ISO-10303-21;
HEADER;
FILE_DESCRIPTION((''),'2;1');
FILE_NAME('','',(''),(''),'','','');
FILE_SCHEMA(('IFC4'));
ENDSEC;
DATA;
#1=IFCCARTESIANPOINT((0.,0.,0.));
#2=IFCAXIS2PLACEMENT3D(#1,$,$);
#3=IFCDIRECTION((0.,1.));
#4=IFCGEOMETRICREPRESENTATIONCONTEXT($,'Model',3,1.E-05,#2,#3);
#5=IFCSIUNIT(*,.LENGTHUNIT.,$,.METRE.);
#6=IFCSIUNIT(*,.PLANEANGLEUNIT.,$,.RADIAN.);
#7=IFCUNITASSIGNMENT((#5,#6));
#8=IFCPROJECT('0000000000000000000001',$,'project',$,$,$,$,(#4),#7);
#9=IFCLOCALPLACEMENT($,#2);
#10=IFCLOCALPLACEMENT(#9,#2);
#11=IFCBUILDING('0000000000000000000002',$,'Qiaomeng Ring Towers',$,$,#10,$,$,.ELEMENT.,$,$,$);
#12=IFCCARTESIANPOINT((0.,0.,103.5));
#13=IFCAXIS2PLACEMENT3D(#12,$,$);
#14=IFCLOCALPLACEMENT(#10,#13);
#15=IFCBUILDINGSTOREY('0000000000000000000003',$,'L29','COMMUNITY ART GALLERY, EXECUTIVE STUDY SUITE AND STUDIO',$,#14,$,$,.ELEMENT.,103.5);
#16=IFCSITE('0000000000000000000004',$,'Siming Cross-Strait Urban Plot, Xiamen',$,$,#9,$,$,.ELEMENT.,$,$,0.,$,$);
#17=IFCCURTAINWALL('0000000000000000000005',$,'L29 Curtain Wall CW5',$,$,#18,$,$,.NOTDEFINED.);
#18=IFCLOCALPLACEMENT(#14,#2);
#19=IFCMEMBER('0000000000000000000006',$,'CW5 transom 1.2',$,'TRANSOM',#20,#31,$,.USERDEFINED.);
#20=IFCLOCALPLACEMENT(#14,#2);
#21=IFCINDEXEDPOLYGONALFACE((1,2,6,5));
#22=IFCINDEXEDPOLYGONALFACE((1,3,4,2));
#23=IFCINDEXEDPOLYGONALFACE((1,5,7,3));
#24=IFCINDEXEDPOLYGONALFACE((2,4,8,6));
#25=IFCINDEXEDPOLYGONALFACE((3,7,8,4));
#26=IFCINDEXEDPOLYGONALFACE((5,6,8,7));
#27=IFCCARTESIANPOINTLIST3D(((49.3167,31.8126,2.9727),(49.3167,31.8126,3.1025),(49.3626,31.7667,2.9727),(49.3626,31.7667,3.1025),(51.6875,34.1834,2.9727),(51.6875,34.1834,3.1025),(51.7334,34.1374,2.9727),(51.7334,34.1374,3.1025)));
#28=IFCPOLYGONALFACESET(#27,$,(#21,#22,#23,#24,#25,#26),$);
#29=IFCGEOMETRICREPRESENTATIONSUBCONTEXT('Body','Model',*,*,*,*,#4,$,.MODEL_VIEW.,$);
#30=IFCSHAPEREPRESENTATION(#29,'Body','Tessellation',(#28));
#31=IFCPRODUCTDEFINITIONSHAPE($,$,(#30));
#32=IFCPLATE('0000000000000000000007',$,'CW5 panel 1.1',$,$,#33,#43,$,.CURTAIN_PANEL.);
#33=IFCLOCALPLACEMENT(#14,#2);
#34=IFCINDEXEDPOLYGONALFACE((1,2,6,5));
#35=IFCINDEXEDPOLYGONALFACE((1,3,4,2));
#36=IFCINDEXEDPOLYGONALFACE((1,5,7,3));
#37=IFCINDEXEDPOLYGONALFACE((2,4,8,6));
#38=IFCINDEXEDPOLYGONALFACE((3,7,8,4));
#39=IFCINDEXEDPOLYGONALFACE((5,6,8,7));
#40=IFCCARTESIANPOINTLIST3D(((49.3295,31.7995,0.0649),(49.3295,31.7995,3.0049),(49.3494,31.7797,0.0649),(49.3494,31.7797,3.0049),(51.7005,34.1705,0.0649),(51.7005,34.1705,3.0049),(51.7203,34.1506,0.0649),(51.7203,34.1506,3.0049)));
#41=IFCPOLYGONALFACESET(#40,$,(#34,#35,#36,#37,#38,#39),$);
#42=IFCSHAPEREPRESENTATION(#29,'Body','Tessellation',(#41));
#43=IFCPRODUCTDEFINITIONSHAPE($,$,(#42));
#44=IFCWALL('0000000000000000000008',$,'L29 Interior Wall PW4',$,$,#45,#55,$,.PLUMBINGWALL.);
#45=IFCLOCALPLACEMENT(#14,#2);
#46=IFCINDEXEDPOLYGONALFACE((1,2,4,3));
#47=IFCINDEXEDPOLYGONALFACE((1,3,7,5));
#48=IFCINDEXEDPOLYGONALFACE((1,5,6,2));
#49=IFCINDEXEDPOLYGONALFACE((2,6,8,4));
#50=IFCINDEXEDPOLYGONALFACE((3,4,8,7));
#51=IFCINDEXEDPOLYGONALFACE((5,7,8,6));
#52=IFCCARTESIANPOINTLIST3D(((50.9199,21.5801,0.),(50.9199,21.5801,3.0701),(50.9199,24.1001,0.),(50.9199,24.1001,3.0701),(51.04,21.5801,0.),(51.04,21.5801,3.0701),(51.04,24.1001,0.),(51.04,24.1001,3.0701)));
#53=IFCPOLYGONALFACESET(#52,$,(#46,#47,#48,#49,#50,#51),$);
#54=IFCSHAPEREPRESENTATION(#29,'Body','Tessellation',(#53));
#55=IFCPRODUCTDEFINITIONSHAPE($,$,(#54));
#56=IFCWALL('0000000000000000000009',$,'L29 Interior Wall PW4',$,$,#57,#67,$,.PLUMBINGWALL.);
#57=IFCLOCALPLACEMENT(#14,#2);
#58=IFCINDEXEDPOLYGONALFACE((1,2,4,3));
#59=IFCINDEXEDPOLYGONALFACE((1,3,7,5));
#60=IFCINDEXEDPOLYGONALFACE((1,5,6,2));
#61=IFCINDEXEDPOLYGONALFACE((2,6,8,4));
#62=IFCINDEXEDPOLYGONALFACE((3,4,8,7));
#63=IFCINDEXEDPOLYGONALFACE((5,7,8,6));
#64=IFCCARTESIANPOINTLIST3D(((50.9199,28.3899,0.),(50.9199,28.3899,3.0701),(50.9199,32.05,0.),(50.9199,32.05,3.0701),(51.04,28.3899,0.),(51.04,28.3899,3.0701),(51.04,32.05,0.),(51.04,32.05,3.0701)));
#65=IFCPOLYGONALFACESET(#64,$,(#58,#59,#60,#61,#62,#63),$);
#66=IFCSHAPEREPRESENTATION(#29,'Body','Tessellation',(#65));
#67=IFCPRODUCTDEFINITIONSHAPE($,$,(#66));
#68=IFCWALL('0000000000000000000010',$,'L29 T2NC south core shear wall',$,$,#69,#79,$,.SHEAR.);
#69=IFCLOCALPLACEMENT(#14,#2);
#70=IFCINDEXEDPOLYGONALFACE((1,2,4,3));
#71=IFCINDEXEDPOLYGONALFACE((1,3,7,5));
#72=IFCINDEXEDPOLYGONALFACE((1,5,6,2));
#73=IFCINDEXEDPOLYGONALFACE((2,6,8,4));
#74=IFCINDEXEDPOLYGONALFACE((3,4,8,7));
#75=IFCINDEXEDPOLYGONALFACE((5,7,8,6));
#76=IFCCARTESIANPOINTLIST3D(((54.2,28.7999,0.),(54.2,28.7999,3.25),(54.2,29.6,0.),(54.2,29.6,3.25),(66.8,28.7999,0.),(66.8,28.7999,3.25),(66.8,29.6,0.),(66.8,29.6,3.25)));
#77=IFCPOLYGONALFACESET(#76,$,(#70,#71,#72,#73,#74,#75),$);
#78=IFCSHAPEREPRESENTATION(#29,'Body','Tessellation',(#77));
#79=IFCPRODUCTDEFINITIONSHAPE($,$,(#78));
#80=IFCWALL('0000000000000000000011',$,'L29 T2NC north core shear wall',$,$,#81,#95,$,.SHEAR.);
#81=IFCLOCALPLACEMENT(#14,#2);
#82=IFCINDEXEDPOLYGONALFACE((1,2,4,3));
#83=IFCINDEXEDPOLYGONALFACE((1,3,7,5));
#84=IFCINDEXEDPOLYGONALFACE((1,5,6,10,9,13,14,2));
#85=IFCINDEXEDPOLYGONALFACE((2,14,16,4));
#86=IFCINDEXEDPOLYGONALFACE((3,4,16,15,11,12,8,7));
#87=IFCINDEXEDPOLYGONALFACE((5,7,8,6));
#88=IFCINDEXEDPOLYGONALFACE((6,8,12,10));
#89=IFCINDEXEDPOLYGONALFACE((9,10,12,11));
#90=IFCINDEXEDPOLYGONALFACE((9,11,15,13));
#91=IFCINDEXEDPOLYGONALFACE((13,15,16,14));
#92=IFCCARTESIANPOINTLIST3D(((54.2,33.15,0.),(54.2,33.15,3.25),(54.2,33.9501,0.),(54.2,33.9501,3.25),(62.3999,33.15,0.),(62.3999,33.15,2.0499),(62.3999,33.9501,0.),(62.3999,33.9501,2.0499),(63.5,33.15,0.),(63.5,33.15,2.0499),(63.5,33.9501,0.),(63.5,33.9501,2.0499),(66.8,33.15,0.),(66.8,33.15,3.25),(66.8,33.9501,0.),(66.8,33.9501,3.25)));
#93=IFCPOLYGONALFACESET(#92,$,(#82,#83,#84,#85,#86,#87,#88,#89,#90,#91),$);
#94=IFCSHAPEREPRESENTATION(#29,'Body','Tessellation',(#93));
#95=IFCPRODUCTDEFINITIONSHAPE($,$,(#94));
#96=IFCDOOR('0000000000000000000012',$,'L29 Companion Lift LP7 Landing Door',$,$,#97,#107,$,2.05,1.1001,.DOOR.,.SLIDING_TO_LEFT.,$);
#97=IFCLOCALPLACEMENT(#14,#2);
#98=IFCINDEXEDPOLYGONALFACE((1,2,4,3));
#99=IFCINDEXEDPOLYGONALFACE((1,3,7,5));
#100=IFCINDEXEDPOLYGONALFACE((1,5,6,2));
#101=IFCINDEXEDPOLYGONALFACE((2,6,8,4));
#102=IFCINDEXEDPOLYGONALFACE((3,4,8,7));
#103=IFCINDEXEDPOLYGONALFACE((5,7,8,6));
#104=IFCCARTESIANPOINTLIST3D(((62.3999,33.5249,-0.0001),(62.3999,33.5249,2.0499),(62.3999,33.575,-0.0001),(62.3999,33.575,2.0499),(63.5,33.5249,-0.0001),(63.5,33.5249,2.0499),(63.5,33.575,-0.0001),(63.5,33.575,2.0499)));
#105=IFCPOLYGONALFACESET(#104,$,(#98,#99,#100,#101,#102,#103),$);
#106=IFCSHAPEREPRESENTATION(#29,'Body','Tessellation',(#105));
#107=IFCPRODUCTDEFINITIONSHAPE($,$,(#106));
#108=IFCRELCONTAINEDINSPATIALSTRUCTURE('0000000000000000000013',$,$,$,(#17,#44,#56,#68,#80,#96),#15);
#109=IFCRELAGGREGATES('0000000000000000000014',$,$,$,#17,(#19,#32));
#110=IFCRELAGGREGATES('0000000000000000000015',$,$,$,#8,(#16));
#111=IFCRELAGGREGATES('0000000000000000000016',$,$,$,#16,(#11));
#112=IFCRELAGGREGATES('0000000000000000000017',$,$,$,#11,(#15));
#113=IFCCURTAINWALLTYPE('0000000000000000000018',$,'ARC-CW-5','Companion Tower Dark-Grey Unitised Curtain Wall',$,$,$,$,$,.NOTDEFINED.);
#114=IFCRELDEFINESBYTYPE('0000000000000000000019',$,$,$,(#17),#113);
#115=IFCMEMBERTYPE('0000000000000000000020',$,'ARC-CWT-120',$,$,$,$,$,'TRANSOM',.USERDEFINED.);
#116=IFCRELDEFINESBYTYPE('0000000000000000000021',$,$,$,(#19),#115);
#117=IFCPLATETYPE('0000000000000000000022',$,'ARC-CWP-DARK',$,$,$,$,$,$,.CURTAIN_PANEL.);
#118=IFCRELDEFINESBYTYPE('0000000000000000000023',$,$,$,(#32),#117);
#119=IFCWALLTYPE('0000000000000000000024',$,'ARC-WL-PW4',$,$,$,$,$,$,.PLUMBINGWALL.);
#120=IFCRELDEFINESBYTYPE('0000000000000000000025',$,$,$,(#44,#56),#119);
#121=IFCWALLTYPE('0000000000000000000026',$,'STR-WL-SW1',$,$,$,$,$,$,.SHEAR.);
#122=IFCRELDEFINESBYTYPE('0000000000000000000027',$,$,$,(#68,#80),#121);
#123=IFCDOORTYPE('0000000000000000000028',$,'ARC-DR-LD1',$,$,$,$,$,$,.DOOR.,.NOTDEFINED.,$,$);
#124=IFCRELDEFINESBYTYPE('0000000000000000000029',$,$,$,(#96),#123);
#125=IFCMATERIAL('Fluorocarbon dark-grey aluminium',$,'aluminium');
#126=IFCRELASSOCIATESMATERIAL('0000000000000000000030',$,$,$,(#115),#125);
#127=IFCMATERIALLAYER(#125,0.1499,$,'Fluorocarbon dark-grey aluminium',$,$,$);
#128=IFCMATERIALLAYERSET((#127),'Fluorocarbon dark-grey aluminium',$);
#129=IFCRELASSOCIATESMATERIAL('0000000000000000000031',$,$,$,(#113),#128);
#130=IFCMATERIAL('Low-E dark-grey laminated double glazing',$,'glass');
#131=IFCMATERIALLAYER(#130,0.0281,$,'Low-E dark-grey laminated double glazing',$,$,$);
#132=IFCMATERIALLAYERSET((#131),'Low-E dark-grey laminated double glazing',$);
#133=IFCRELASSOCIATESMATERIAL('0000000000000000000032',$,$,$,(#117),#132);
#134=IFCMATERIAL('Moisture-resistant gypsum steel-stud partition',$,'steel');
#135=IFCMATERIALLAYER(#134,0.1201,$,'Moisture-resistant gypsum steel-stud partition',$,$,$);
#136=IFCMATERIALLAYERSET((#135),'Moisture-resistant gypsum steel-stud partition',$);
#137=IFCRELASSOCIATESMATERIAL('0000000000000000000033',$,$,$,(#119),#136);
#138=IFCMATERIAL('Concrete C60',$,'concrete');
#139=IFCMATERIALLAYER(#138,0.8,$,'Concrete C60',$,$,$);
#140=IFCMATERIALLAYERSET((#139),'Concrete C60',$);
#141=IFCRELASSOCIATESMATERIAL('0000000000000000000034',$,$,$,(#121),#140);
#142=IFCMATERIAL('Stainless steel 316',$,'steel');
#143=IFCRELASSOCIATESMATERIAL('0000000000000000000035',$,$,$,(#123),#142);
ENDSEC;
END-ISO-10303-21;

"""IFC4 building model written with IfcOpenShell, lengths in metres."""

from ifc_helpers import new_model, si_unit, direction, frame, frame_2d, origin, origin_2d, place, context, subcontext, project, spatial, rectangle, extrude, source, transform, mapped, material, layer, layer_set, material_profile, profile_set, type_object, element, fill, aggregate, save


model = new_model("IFC4")

# Units and contexts
model_context = context("Model", 3, precision=1e-05, world=origin(), true_north=direction((0.0, 1.0)))
body_context = subcontext(model_context, "Body", "Model", "MODEL_VIEW")
ifc_project = project(units=[si_unit("LENGTHUNIT", "METRE"), si_unit("PLANEANGLEUNIT", "RADIAN")], contexts=[model_context])

# Site, building, storey
site_placement = place(None, origin())
site = spatial("IfcSite", under=ifc_project, at=site_placement, Name="Siming Cross-Strait Urban Plot, Xiamen", CompositionType="ELEMENT", RefElevation=0.0)
building_placement = place(site_placement, origin())
building = spatial("IfcBuilding", under=site, at=building_placement, Name="Qiaomeng Ring Towers", CompositionType="ELEMENT")
storey_placement = place(building_placement, frame((0.0, 0.0, 103.5)))
storey = spatial("IfcBuildingStorey", under=building, at=storey_placement, Name="L29", Description="COMMUNITY ART GALLERY, EXECUTIVE STUDY SUITE AND STUDIO", CompositionType="ELEMENT", Elevation=103.5)

# Shared definitions
ifc_material_1 = material(Name="Fluorocarbon dark-grey aluminium", Category="aluminium")
ifc_material_profile_1 = material_profile(ifc_material_1, rectangle(XDim=0.0649, YDim=0.1299, at=origin_2d()), Name="ALU TRAN 65x130")
ifc_profile_set_1 = profile_set([ifc_material_profile_1], Name="Fluorocarbon dark-grey aluminium")
member_type_1 = type_object("IfcMemberType", Name="ARC-CWT-120", ElementType="TRANSOM", PredefinedType="USERDEFINED", material=ifc_profile_set_1)

# Shared definitions
ifc_layer_1 = layer(ifc_material_1, 0.1499, Name="Fluorocarbon dark-grey aluminium")
ifc_layer_set_1 = layer_set([ifc_layer_1], Name="Fluorocarbon dark-grey aluminium")
curtain_wall_type_1 = type_object("IfcCurtainWallType", Name="ARC-CW-5", Description="Companion Tower Dark-Grey Unitised Curtain Wall", PredefinedType="NOTDEFINED", material=ifc_layer_set_1)

# Curtain wall
curtain_wall_1_placement = place(storey_placement, origin())
curtain_wall_1 = element("IfcCurtainWall", 1, at=curtain_wall_1_placement, inside=storey, type_object=curtain_wall_type_1, Name="L29 Curtain Wall CW5", PredefinedType="NOTDEFINED")

# Member
shared_shape_1 = source(origin(), body_context, "Body", "SweptSolid", [
    extrude(rectangle(XDim=0.0649, YDim=0.1299, at=origin_2d()), origin(), (0.0, 0.0, 1.0), 3.3528),
])
member_1_placement = place(storey_placement, frame((51.7104, 34.1604, 3.0376), z_axis=(-0.707107, -0.707107, 0.0), x_axis=(0.707107, -0.707107, 0.0)))
member_1 = element("IfcMember", 2, at=member_1_placement, type_object=member_type_1, Name="CW5 transom 1.2", ObjectType="TRANSOM", PredefinedType="USERDEFINED", context=body_context, shape_type="MappedRepresentation", body=[
    mapped(shared_shape_1, transform((0.0, 0.0, 0.0), x_axis=(1.0, 0.0, 0.0), y_axis=(0.0, 1.0, 0.0), z_axis=(0.0, 0.0, 1.0), scale=1.0)),
])

# Plate
ifc_material_2 = material(Name="Low-E dark-grey laminated double glazing", Category="glass")
ifc_layer_2 = layer(ifc_material_2, 0.0281, Name="Low-E dark-grey laminated double glazing")
ifc_layer_set_2 = layer_set([ifc_layer_2], Name="Low-E dark-grey laminated double glazing")
plate_type = type_object("IfcPlateType", Name="ARC-CWP-DARK", PredefinedType="CURTAIN_PANEL", material=ifc_layer_set_2)
shared_shape_2 = source(origin(), body_context, "Body", "SweptSolid", [
    extrude(rectangle(XDim=3.353, YDim=0.0281, at=origin_2d()), origin(), (0.0, 0.0, 1.0), 2.9399),
])
plate_placement = place(storey_placement, frame((50.5249, 32.9751, 0.0649), z_axis=(0.0, 0.0, 1.0), x_axis=(-0.707107, -0.707107, 0.0)))
plate = element("IfcPlate", 3, at=plate_placement, type_object=plate_type, Name="CW5 panel 1.1", PredefinedType="CURTAIN_PANEL", context=body_context, shape_type="MappedRepresentation", body=[
    mapped(shared_shape_2, transform((0.0, 0.0, 0.0), x_axis=(1.0, 0.0, 0.0), y_axis=(0.0, 1.0, 0.0), z_axis=(0.0, 0.0, 1.0), scale=1.0)),
])
aggregate(curtain_wall_1, [member_1, plate])

# Walls
ifc_material_3 = material(Name="Moisture-resistant gypsum steel-stud partition", Category="steel")
ifc_layer_3 = layer(ifc_material_3, 0.1201, Name="Moisture-resistant gypsum steel-stud partition")
ifc_layer_set_3 = layer_set([ifc_layer_3], Name="Moisture-resistant gypsum steel-stud partition")
wall_type_1 = type_object("IfcWallType", Name="ARC-WL-PW4", PredefinedType="PLUMBINGWALL", material=ifc_layer_set_3)
wall_1_placement = place(storey_placement, frame((50.98, 21.5801, 0.0), z_axis=(0.0, 0.0, 1.0), x_axis=(0.0, 1.0, 0.0)))
element("IfcWall", 4, at=wall_1_placement, inside=storey, type_object=wall_type_1, Name="L29 Interior Wall PW4", PredefinedType="PLUMBINGWALL", context=body_context, shape_type="SweptSolid", body=[
    extrude(rectangle(XDim=2.52, YDim=0.1201, at=frame_2d((1.26, 0.0))), origin(), (0.0, 0.0, 1.0), 3.0701),
])
wall_2_placement = place(storey_placement, frame((50.98, 28.3899, 0.0), z_axis=(0.0, 0.0, 1.0), x_axis=(0.0, 1.0, 0.0)))
element("IfcWall", 5, at=wall_2_placement, inside=storey, type_object=wall_type_1, Name="L29 Interior Wall PW4", PredefinedType="PLUMBINGWALL", context=body_context, shape_type="SweptSolid", body=[
    extrude(rectangle(XDim=3.6602, YDim=0.1201, at=frame_2d((1.8301, 0.0))), origin(), (0.0, 0.0, 1.0), 3.0701),
])
ifc_material_4 = material(Name="Concrete C60", Category="concrete")
ifc_layer_4 = layer(ifc_material_4, 0.8, Name="Concrete C60")
ifc_layer_set_4 = layer_set([ifc_layer_4], Name="Concrete C60")
wall_type_2 = type_object("IfcWallType", Name="STR-WL-SW1", PredefinedType="SHEAR", material=ifc_layer_set_4)
wall_3_placement = place(storey_placement, frame((54.2, 29.2, 0.0), z_axis=(0.0, 0.0, 1.0), x_axis=(1.0, 0.0, 0.0)))
element("IfcWall", 6, at=wall_3_placement, inside=storey, type_object=wall_type_2, Name="L29 T2NC south core shear wall", PredefinedType="SHEAR", context=body_context, shape_type="SweptSolid", body=[
    extrude(rectangle(XDim=12.6001, YDim=0.8, at=frame_2d((6.3, 0.0))), origin(), (0.0, 0.0, 1.0), 3.25),
])

# Wall, opening, door
wall_4_placement = place(storey_placement, frame((54.2, 33.55, 0.0), z_axis=(0.0, 0.0, 1.0), x_axis=(1.0, 0.0, 0.0)))
wall_4 = element("IfcWall", 7, at=wall_4_placement, inside=storey, type_object=wall_type_2, Name="L29 T2NC north core shear wall", PredefinedType="SHEAR", context=body_context, shape_type="SweptSolid", body=[
    extrude(rectangle(XDim=12.6001, YDim=0.8, at=frame_2d((6.3, 0.0))), origin(), (0.0, 0.0, 1.0), 3.25),
])
opening_placement = place(wall_4_placement, frame((8.2, 0.0, 0.0)))
opening = element("IfcOpeningElement", 8, at=opening_placement, cuts=wall_4, PredefinedType="OPENING", context=body_context, shape_type="SweptSolid", body=[
    extrude(rectangle(XDim=1.1001, YDim=2.05, at=frame_2d((0.55, 1.0249))), frame((0.0, 0.4099, 0.0), z_axis=(0.0, -1.0, 0.0), x_axis=(1.0, 0.0, 0.0)), (0.0, 0.0, 1.0), 0.8201),
])
ifc_material_5 = material(Name="Stainless steel 316", Category="steel")
door_type = type_object("IfcDoorType", Name="ARC-DR-LD1", OperationType="NOTDEFINED", PredefinedType="DOOR", material=ifc_material_5)
shared_shape_3 = source(origin(), body_context, "Body", "SweptSolid", [
    extrude(rectangle(XDim=1.1001, YDim=2.05, at=frame_2d((0.55, 1.0249))), frame((0.0, 0.0249, 0.0), z_axis=(0.0, -1.0, 0.0), x_axis=(1.0, 0.0, 0.0)), (0.0, 0.0, 1.0), 0.05),
])
door_placement = place(opening_placement, origin())
door = element("IfcDoor", 9, at=door_placement, inside=storey, type_object=door_type, Name="L29 Companion Lift LP7 Landing Door", OperationType="SLIDING_TO_LEFT", OverallHeight=2.05, OverallWidth=1.1001, PredefinedType="DOOR", context=body_context, shape_type="MappedRepresentation", body=[
    mapped(shared_shape_3, transform((0.0, 0.0, 0.0), x_axis=(1.0, 0.0, 0.0), y_axis=(0.0, 1.0, 0.0), z_axis=(0.0, 0.0, 1.0), scale=1.0)),
])
fill(opening, door)

save(model, "model.ifc")
